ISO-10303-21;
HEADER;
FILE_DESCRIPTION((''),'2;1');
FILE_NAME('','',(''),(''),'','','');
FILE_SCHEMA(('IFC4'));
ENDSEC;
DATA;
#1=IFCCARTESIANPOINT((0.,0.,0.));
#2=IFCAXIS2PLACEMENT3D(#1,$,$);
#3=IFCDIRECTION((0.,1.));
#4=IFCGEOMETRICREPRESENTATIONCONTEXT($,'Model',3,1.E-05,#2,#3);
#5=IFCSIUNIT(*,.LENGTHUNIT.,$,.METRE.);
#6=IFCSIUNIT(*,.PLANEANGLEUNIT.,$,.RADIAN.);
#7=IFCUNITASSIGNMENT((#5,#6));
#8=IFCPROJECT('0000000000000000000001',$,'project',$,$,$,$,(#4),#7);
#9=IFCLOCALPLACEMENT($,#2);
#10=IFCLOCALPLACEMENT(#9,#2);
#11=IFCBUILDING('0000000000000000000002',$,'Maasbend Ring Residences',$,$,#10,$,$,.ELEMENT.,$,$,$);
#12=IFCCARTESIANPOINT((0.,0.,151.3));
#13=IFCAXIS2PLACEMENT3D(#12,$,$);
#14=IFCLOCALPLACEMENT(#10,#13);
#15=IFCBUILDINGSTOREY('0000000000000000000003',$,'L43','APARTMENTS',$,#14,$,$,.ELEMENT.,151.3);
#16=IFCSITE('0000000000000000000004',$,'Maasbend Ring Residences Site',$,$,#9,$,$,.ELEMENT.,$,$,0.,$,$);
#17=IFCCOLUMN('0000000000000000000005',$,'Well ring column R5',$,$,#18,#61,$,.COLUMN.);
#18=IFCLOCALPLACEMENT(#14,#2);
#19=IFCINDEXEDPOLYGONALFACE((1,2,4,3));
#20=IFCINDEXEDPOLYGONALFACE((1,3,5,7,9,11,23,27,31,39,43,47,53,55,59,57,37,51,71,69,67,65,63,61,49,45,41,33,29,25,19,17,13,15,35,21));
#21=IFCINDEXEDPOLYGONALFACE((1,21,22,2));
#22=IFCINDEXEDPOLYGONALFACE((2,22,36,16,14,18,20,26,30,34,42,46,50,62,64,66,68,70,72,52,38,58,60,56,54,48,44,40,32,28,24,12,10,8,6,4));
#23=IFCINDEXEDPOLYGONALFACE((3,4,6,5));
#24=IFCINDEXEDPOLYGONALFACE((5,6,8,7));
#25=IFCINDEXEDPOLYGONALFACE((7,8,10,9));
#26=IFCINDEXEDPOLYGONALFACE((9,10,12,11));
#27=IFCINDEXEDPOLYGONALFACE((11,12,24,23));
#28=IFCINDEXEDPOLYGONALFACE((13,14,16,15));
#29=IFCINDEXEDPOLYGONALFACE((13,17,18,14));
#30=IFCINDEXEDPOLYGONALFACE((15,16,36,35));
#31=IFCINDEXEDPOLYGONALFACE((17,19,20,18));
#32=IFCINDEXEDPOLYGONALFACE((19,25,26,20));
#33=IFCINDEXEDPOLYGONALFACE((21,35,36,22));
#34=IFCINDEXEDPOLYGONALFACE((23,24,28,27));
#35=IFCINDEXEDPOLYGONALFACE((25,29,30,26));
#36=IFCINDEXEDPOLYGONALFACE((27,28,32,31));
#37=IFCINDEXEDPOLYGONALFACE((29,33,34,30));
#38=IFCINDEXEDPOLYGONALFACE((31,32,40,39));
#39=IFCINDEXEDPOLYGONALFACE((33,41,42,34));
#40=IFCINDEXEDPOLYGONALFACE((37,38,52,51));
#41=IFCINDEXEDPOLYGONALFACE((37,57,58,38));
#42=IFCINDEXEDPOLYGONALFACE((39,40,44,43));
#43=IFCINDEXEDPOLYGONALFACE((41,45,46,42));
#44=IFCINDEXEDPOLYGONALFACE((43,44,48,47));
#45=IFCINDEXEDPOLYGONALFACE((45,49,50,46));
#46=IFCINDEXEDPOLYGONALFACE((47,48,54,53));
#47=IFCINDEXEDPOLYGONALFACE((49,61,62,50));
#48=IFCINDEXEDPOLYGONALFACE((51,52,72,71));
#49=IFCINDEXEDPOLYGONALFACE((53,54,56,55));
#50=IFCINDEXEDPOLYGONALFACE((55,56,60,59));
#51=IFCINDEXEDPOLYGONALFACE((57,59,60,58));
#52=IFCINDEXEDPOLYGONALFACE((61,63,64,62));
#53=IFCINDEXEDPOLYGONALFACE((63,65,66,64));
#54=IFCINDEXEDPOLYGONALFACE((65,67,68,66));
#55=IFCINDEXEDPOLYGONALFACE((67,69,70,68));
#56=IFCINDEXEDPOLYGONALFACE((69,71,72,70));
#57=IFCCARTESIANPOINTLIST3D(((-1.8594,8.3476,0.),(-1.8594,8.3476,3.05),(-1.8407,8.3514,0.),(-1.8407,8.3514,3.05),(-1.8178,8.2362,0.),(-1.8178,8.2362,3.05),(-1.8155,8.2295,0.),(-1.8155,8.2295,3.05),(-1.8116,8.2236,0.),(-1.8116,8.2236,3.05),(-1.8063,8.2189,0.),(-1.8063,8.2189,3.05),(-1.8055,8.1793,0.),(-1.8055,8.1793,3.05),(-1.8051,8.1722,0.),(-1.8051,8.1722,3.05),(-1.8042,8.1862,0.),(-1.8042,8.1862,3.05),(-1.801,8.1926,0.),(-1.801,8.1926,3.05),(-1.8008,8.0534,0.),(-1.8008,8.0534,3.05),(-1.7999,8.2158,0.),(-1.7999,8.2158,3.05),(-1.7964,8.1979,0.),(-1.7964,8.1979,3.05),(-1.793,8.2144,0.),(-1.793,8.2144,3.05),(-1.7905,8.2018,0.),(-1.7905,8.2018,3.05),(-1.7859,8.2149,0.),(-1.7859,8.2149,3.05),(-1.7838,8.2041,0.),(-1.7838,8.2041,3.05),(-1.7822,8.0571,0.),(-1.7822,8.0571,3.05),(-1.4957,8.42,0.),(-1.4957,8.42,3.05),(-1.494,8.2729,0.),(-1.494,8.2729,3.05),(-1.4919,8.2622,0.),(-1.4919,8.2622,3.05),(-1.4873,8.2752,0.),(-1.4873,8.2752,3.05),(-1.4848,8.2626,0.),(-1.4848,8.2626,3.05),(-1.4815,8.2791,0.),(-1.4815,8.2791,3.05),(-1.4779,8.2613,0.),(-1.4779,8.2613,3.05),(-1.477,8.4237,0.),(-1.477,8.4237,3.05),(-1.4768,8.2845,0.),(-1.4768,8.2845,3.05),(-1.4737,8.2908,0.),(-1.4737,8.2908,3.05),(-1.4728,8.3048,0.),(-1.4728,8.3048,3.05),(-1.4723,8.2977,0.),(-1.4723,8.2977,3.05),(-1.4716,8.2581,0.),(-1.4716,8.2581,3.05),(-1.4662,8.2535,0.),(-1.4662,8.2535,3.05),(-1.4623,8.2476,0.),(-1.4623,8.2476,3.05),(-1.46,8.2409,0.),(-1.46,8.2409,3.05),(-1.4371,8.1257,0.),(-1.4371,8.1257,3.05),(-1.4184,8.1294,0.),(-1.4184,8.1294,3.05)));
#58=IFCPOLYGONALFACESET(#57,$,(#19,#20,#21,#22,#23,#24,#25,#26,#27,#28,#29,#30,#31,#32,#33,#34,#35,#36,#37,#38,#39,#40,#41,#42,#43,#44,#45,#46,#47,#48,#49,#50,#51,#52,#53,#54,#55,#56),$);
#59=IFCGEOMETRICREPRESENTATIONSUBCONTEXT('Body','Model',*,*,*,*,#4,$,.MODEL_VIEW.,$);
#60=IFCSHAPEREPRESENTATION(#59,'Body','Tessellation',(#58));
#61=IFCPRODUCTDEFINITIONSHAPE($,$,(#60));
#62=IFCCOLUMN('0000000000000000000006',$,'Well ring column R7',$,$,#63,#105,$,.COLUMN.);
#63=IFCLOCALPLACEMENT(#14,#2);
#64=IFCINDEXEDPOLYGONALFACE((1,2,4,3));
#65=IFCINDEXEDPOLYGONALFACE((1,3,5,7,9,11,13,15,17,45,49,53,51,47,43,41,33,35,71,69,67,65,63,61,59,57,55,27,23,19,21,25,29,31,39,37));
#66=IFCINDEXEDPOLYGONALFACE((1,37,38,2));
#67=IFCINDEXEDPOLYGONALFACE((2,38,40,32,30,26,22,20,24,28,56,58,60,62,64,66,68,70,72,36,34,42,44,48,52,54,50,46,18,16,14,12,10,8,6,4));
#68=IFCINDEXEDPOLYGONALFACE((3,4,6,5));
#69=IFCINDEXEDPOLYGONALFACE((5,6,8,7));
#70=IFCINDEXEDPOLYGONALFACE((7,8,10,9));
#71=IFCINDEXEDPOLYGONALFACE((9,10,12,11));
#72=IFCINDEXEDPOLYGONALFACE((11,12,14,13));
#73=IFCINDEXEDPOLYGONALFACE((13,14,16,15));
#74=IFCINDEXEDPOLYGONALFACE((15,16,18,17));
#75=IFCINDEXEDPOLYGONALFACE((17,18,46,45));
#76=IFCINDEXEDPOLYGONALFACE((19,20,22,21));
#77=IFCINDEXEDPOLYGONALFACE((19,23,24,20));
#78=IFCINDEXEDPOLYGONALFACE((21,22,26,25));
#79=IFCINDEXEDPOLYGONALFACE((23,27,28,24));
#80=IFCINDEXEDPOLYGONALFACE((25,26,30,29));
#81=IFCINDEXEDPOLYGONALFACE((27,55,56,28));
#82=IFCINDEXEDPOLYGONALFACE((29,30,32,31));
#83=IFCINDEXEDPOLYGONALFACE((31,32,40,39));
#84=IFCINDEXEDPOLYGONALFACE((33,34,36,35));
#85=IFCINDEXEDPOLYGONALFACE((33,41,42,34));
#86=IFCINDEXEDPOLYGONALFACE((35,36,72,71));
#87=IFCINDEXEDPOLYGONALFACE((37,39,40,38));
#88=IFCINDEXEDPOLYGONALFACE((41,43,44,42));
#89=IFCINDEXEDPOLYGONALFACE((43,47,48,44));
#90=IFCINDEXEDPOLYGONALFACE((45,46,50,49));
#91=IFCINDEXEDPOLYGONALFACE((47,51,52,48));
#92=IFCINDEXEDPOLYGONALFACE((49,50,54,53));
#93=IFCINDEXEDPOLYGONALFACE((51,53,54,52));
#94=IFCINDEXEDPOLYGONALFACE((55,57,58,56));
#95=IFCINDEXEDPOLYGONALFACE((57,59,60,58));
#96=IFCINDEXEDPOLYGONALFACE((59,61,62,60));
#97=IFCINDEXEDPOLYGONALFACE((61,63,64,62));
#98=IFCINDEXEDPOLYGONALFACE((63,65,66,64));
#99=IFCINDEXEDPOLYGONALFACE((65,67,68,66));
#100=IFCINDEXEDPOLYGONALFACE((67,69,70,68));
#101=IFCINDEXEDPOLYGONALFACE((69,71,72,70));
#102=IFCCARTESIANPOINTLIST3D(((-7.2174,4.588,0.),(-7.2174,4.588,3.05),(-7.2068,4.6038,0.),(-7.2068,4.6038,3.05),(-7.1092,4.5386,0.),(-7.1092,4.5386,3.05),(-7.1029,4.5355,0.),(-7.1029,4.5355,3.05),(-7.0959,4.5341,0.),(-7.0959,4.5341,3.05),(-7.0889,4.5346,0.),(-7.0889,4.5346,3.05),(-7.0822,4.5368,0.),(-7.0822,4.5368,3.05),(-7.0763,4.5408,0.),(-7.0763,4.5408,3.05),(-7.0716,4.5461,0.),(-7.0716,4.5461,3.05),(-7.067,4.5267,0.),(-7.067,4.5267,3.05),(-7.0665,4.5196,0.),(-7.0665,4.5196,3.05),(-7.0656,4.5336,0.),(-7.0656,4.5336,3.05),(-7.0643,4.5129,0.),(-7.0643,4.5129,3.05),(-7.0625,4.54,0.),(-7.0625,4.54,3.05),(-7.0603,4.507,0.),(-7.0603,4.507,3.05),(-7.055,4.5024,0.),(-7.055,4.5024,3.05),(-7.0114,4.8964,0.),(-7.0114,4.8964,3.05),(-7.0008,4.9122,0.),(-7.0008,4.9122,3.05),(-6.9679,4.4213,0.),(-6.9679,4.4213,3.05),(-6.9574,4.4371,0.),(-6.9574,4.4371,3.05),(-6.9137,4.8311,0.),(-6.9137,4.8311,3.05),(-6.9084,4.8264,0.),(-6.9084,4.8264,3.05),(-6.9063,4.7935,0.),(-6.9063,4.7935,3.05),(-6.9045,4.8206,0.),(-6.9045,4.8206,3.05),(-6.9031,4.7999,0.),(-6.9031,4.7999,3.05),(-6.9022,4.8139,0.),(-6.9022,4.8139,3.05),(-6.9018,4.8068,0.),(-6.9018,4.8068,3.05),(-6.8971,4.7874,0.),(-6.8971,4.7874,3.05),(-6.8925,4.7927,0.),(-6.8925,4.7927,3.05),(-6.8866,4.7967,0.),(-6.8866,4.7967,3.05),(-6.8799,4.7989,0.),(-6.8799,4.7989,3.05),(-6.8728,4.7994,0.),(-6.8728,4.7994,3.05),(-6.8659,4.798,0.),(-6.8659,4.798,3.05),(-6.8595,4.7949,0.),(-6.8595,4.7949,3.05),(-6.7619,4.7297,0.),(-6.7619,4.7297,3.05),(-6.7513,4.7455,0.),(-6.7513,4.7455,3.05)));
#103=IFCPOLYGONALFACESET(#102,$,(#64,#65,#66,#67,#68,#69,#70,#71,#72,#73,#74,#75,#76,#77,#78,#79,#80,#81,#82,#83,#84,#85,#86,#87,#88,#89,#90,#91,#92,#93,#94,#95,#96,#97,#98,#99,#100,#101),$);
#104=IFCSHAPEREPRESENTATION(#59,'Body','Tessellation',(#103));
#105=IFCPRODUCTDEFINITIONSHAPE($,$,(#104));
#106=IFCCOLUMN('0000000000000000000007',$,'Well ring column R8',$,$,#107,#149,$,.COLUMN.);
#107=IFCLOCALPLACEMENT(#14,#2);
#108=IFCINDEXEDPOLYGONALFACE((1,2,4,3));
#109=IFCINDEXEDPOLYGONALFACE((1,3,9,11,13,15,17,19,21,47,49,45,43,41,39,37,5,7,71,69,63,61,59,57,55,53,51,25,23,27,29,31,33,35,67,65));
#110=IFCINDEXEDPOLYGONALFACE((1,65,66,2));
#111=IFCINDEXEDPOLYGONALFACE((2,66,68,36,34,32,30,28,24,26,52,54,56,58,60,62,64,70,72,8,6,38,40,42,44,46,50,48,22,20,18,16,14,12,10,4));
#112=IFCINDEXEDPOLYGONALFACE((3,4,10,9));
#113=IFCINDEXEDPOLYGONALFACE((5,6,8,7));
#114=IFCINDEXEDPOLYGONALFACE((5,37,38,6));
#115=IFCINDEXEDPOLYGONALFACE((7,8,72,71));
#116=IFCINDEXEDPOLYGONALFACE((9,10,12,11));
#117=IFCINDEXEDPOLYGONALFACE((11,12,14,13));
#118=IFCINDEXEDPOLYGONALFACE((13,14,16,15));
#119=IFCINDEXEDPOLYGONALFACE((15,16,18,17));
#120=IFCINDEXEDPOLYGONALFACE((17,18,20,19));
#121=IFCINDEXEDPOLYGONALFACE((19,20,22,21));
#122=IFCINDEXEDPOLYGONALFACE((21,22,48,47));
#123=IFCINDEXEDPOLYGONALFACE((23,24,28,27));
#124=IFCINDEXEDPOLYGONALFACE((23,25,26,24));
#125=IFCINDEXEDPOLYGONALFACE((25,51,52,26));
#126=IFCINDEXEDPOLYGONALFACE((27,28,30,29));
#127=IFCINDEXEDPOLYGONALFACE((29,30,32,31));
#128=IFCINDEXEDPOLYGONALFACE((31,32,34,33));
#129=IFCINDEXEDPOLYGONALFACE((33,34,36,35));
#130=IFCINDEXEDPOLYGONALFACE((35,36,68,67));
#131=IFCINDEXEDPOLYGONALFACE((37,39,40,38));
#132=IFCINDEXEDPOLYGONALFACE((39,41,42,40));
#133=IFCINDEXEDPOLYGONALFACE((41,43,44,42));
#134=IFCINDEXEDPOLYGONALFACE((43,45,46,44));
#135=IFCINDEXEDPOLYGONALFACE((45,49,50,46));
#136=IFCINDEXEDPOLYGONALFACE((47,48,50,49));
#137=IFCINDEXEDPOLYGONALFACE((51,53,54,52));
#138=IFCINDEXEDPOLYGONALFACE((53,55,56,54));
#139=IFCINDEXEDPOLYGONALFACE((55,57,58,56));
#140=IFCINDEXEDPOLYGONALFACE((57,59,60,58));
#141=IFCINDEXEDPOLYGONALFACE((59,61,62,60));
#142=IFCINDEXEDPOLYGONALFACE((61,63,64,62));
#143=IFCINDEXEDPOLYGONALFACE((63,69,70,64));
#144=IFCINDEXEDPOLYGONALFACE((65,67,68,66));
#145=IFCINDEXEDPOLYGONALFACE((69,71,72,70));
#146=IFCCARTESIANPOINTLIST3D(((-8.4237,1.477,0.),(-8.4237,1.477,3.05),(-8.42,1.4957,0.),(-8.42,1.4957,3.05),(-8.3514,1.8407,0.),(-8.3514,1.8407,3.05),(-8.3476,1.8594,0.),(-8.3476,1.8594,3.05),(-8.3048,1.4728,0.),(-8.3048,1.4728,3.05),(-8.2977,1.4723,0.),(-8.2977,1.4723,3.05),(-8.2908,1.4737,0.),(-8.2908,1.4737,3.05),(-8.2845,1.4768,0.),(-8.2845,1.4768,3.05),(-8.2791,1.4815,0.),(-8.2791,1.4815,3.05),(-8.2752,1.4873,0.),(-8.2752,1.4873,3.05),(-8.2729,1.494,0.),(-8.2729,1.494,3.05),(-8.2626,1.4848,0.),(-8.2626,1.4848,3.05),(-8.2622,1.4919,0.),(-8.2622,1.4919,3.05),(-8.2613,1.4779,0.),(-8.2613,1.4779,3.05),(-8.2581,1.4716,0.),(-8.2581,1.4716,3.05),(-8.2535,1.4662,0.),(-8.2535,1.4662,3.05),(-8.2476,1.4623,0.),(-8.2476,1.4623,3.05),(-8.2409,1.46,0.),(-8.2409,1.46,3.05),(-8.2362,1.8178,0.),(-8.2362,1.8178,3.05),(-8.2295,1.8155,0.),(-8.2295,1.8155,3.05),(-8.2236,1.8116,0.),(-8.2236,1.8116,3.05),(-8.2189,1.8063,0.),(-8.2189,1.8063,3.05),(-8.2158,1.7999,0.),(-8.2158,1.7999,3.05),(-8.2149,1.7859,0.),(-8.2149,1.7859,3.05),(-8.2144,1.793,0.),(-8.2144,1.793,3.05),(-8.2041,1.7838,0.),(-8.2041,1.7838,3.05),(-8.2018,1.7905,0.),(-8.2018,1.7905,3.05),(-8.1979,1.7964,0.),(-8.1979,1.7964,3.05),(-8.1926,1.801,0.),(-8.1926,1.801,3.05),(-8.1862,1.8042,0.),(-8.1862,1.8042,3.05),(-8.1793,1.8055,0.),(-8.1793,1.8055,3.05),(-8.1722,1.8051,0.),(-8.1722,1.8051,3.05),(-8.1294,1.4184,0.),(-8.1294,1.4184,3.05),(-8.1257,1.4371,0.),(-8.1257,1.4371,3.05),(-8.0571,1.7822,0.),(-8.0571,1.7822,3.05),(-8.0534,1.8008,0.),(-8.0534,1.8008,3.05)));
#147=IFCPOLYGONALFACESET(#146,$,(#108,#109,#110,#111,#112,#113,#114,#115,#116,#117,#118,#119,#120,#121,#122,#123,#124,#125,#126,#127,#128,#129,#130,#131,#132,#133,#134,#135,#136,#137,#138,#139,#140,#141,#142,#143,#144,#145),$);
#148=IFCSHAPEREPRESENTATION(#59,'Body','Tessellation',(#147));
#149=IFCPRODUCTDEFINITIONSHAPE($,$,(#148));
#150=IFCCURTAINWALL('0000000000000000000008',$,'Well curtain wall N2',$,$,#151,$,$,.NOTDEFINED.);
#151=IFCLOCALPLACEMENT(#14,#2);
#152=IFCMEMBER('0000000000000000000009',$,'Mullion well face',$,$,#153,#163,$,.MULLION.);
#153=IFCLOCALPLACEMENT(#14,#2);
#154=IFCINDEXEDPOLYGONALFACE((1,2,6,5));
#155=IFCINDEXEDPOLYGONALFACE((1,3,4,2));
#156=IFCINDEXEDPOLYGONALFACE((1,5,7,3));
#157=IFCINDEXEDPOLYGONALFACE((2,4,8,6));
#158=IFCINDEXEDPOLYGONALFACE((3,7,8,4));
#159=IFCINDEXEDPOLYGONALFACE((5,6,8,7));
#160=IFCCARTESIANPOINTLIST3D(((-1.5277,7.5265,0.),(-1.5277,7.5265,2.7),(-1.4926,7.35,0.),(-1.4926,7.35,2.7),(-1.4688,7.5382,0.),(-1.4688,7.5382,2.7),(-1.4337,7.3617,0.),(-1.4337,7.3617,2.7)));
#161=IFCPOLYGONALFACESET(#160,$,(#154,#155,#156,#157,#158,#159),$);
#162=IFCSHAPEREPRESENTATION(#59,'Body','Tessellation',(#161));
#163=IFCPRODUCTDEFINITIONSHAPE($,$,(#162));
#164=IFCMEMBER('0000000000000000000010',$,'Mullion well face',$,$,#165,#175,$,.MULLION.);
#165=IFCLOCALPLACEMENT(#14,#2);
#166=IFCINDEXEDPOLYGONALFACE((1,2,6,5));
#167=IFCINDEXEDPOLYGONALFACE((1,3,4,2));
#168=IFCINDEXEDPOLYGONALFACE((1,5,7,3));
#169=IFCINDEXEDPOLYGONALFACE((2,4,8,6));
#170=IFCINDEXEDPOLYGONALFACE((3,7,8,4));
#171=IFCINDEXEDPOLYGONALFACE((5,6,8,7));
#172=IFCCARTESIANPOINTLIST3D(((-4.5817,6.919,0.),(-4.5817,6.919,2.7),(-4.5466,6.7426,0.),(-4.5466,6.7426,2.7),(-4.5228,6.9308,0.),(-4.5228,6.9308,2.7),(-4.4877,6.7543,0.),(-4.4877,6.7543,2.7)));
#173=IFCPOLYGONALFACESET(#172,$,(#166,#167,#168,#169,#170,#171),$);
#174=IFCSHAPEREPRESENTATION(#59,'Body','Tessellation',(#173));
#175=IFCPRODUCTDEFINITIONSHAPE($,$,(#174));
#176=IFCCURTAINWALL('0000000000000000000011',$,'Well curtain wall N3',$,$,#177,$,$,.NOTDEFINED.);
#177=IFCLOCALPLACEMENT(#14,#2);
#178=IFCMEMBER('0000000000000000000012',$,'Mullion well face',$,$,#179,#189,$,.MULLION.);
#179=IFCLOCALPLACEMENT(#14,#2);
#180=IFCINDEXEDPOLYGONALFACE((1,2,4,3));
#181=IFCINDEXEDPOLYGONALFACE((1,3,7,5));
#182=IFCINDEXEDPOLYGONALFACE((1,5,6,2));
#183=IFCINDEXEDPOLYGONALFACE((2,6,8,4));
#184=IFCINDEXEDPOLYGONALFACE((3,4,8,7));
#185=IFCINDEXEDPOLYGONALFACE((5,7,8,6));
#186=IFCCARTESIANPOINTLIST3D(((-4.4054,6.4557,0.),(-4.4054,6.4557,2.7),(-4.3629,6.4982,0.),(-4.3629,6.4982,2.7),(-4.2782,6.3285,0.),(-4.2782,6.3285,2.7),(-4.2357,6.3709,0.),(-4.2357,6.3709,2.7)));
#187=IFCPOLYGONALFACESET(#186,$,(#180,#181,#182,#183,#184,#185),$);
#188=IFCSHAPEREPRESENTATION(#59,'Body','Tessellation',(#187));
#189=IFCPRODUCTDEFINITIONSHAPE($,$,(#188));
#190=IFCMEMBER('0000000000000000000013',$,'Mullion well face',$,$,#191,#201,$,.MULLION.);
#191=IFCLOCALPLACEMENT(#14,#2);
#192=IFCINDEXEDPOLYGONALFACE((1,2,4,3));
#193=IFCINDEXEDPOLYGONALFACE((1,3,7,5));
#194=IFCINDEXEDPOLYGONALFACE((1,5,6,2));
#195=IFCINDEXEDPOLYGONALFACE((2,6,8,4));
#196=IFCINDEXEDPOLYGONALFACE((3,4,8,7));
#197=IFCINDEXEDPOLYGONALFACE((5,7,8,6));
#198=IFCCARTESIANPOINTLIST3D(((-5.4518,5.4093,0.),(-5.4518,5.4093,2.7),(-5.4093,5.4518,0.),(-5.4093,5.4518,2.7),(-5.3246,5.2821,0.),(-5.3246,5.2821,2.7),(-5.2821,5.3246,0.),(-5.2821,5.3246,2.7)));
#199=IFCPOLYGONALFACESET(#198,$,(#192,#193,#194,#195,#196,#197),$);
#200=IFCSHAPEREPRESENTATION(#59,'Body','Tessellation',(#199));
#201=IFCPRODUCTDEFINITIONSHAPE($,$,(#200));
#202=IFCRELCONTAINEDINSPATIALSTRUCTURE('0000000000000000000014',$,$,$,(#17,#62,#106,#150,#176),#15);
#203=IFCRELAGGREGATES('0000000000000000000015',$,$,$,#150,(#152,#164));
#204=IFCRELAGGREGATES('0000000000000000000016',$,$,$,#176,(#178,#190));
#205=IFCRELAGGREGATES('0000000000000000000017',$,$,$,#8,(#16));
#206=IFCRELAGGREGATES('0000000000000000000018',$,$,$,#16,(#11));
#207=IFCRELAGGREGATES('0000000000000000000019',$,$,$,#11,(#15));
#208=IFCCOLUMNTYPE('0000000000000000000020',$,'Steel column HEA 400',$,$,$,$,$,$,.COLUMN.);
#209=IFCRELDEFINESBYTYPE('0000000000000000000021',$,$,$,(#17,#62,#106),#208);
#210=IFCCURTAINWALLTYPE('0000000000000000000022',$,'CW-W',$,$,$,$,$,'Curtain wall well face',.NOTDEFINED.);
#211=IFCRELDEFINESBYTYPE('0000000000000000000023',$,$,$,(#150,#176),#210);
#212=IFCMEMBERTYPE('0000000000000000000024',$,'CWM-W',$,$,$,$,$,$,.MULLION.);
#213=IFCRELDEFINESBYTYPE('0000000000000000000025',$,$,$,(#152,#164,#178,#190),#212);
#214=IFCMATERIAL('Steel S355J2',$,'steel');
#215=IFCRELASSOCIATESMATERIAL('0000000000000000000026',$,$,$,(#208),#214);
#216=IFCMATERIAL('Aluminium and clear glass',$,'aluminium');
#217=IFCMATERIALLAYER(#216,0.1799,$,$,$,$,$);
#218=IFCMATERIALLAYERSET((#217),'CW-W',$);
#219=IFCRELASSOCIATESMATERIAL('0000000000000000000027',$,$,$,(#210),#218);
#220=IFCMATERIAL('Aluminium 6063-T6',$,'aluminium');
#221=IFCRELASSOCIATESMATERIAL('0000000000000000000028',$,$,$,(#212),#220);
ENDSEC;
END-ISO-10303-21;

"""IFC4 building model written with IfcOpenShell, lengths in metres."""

from ifc_helpers import new_model, si_unit, direction, frame, origin, origin_2d, place, context, subcontext, project, spatial, rectangle, i_section, extrude, material, layer, layer_set, material_profile, profile_set, type_object, element, aggregate, save


model = new_model("IFC4")

# Units and contexts
model_context = context("Model", 3, precision=1e-05, world=origin(), true_north=direction((0.0, 1.0)))
body_context = subcontext(model_context, "Body", "Model", "MODEL_VIEW")
ifc_project = project(units=[si_unit("LENGTHUNIT", "METRE"), si_unit("PLANEANGLEUNIT", "RADIAN")], contexts=[model_context])

# Site, building, storey
site_placement = place(None, origin())
site = spatial("IfcSite", under=ifc_project, at=site_placement, Name="Maasbend Ring Residences Site", CompositionType="ELEMENT", RefElevation=0.0)
building_placement = place(site_placement, origin())
building = spatial("IfcBuilding", under=site, at=building_placement, Name="Maasbend Ring Residences", CompositionType="ELEMENT")
storey_placement = place(building_placement, frame((0.0, 0.0, 151.3)))
storey = spatial("IfcBuildingStorey", under=building, at=storey_placement, Name="L43", Description="APARTMENTS", CompositionType="ELEMENT", Elevation=151.3)

# Columns
ifc_material_1 = material(Name="Steel S355J2", Category="steel")
ifc_material_profile_1 = material_profile(ifc_material_1, i_section(OverallWidth=0.3, OverallDepth=0.3899, WebThickness=0.011, FlangeThickness=0.019, FilletRadius=0.0271, at=origin_2d()), Name="HEA 400")
ifc_profile_set_1 = profile_set([ifc_material_profile_1], Name="Steel S355J2")
column_type = type_object("IfcColumnType", Name="Steel column HEA 400", PredefinedType="COLUMN", material=ifc_profile_set_1)
for number, where, z_axis, x_axis, name in (
    (1, (-1.6389, 8.2385, 0.0), (0.0, 0.0, 1.0), (-0.19509, 0.980785, 0.0), "Well ring column R5"),
    (2, (-6.9844, 4.6667, 0.0), (0.0, 0.0, 1.0), (-0.83147, 0.55557, 0.0), "Well ring column R7"),
    (3, (-8.2385, 1.6389, 0.0), (0.0, 0.0, 1.0), (-0.980785, 0.19509, 0.0), "Well ring column R8"),
):
    element("IfcColumn", number, at=place(storey_placement, frame(where, z_axis=z_axis, x_axis=x_axis)), inside=storey, type_object=column_type, Name=name, PredefinedType="COLUMN", context=body_context, shape_type="SweptSolid", body=[
        extrude(i_section(OverallWidth=0.3, OverallDepth=0.3899, WebThickness=0.011, FlangeThickness=0.019, FilletRadius=0.0271, at=origin_2d()), origin(), (0.0, 0.0, 1.0), 3.05),
    ])

# Curtain walls, members
ifc_material_2 = material(Name="Aluminium and clear glass", Category="aluminium")
ifc_layer_1 = layer(ifc_material_2, 0.1799)
ifc_layer_set_1 = layer_set([ifc_layer_1], Name="CW-W")
curtain_wall_type = type_object("IfcCurtainWallType", Name="CW-W", ElementType="Curtain wall well face", PredefinedType="NOTDEFINED", material=ifc_layer_set_1)
curtain_wall_1_placement = place(storey_placement, origin())
curtain_wall_1 = element("IfcCurtainWall", 4, at=curtain_wall_1_placement, inside=storey, type_object=curtain_wall_type, Name="Well curtain wall N2", PredefinedType="NOTDEFINED")
ifc_material_3 = material(Name="Aluminium 6063-T6", Category="aluminium")
ifc_material_profile_2 = material_profile(ifc_material_3, rectangle(XDim=0.1799, YDim=0.0601, at=origin_2d()), Name="AL 180x60")
ifc_profile_set_2 = profile_set([ifc_material_profile_2], Name="Aluminium 6063-T6")
member_type_1 = type_object("IfcMemberType", Name="CWM-W", PredefinedType="MULLION", material=ifc_profile_set_2)
member_1_placement = place(storey_placement, frame((-1.4807, 7.4441, 0.0), z_axis=(0.0, 0.0, 1.0), x_axis=(0.19509, -0.980785, 0.0)))
member_1 = element("IfcMember", 5, at=member_1_placement, type_object=member_type_1, Name="Mullion well face", PredefinedType="MULLION", context=body_context, shape_type="SweptSolid", body=[
    extrude(rectangle(XDim=0.1799, YDim=0.0601, at=origin_2d()), origin(), (0.0, 0.0, 1.0), 2.7),
])
member_2_placement = place(storey_placement, frame((-4.5347, 6.8367, 0.0), z_axis=(0.0, 0.0, 1.0), x_axis=(0.19509, -0.980785, 0.0)))
member_2 = element("IfcMember", 6, at=member_2_placement, type_object=member_type_1, Name="Mullion well face", PredefinedType="MULLION", context=body_context, shape_type="SweptSolid", body=[
    extrude(rectangle(XDim=0.1799, YDim=0.0601, at=origin_2d()), origin(), (0.0, 0.0, 1.0), 2.7),
])
curtain_wall_2_placement = place(storey_placement, origin())
curtain_wall_2 = element("IfcCurtainWall", 7, at=curtain_wall_2_placement, inside=storey, type_object=curtain_wall_type, Name="Well curtain wall N3", PredefinedType="NOTDEFINED")
member_3_placement = place(storey_placement, frame((-4.3206, 6.4133, 0.0), z_axis=(0.0, 0.0, 1.0), x_axis=(0.707107, -0.707107, 0.0)))
member_3 = element("IfcMember", 8, at=member_3_placement, type_object=member_type_1, Name="Mullion well face", PredefinedType="MULLION", context=body_context, shape_type="SweptSolid", body=[
    extrude(rectangle(XDim=0.1799, YDim=0.0601, at=origin_2d()), origin(), (0.0, 0.0, 1.0), 2.7),
])
member_4_placement = place(storey_placement, frame((-5.3669, 5.3669, 0.0), z_axis=(0.0, 0.0, 1.0), x_axis=(0.707107, -0.707107, 0.0)))
member_4 = element("IfcMember", 9, at=member_4_placement, type_object=member_type_1, Name="Mullion well face", PredefinedType="MULLION", context=body_context, shape_type="SweptSolid", body=[
    extrude(rectangle(XDim=0.1799, YDim=0.0601, at=origin_2d()), origin(), (0.0, 0.0, 1.0), 2.7),
])

aggregate(curtain_wall_1, [member_1, member_2])
aggregate(curtain_wall_2, [member_3, member_4])

save(model, "model.ifc")
